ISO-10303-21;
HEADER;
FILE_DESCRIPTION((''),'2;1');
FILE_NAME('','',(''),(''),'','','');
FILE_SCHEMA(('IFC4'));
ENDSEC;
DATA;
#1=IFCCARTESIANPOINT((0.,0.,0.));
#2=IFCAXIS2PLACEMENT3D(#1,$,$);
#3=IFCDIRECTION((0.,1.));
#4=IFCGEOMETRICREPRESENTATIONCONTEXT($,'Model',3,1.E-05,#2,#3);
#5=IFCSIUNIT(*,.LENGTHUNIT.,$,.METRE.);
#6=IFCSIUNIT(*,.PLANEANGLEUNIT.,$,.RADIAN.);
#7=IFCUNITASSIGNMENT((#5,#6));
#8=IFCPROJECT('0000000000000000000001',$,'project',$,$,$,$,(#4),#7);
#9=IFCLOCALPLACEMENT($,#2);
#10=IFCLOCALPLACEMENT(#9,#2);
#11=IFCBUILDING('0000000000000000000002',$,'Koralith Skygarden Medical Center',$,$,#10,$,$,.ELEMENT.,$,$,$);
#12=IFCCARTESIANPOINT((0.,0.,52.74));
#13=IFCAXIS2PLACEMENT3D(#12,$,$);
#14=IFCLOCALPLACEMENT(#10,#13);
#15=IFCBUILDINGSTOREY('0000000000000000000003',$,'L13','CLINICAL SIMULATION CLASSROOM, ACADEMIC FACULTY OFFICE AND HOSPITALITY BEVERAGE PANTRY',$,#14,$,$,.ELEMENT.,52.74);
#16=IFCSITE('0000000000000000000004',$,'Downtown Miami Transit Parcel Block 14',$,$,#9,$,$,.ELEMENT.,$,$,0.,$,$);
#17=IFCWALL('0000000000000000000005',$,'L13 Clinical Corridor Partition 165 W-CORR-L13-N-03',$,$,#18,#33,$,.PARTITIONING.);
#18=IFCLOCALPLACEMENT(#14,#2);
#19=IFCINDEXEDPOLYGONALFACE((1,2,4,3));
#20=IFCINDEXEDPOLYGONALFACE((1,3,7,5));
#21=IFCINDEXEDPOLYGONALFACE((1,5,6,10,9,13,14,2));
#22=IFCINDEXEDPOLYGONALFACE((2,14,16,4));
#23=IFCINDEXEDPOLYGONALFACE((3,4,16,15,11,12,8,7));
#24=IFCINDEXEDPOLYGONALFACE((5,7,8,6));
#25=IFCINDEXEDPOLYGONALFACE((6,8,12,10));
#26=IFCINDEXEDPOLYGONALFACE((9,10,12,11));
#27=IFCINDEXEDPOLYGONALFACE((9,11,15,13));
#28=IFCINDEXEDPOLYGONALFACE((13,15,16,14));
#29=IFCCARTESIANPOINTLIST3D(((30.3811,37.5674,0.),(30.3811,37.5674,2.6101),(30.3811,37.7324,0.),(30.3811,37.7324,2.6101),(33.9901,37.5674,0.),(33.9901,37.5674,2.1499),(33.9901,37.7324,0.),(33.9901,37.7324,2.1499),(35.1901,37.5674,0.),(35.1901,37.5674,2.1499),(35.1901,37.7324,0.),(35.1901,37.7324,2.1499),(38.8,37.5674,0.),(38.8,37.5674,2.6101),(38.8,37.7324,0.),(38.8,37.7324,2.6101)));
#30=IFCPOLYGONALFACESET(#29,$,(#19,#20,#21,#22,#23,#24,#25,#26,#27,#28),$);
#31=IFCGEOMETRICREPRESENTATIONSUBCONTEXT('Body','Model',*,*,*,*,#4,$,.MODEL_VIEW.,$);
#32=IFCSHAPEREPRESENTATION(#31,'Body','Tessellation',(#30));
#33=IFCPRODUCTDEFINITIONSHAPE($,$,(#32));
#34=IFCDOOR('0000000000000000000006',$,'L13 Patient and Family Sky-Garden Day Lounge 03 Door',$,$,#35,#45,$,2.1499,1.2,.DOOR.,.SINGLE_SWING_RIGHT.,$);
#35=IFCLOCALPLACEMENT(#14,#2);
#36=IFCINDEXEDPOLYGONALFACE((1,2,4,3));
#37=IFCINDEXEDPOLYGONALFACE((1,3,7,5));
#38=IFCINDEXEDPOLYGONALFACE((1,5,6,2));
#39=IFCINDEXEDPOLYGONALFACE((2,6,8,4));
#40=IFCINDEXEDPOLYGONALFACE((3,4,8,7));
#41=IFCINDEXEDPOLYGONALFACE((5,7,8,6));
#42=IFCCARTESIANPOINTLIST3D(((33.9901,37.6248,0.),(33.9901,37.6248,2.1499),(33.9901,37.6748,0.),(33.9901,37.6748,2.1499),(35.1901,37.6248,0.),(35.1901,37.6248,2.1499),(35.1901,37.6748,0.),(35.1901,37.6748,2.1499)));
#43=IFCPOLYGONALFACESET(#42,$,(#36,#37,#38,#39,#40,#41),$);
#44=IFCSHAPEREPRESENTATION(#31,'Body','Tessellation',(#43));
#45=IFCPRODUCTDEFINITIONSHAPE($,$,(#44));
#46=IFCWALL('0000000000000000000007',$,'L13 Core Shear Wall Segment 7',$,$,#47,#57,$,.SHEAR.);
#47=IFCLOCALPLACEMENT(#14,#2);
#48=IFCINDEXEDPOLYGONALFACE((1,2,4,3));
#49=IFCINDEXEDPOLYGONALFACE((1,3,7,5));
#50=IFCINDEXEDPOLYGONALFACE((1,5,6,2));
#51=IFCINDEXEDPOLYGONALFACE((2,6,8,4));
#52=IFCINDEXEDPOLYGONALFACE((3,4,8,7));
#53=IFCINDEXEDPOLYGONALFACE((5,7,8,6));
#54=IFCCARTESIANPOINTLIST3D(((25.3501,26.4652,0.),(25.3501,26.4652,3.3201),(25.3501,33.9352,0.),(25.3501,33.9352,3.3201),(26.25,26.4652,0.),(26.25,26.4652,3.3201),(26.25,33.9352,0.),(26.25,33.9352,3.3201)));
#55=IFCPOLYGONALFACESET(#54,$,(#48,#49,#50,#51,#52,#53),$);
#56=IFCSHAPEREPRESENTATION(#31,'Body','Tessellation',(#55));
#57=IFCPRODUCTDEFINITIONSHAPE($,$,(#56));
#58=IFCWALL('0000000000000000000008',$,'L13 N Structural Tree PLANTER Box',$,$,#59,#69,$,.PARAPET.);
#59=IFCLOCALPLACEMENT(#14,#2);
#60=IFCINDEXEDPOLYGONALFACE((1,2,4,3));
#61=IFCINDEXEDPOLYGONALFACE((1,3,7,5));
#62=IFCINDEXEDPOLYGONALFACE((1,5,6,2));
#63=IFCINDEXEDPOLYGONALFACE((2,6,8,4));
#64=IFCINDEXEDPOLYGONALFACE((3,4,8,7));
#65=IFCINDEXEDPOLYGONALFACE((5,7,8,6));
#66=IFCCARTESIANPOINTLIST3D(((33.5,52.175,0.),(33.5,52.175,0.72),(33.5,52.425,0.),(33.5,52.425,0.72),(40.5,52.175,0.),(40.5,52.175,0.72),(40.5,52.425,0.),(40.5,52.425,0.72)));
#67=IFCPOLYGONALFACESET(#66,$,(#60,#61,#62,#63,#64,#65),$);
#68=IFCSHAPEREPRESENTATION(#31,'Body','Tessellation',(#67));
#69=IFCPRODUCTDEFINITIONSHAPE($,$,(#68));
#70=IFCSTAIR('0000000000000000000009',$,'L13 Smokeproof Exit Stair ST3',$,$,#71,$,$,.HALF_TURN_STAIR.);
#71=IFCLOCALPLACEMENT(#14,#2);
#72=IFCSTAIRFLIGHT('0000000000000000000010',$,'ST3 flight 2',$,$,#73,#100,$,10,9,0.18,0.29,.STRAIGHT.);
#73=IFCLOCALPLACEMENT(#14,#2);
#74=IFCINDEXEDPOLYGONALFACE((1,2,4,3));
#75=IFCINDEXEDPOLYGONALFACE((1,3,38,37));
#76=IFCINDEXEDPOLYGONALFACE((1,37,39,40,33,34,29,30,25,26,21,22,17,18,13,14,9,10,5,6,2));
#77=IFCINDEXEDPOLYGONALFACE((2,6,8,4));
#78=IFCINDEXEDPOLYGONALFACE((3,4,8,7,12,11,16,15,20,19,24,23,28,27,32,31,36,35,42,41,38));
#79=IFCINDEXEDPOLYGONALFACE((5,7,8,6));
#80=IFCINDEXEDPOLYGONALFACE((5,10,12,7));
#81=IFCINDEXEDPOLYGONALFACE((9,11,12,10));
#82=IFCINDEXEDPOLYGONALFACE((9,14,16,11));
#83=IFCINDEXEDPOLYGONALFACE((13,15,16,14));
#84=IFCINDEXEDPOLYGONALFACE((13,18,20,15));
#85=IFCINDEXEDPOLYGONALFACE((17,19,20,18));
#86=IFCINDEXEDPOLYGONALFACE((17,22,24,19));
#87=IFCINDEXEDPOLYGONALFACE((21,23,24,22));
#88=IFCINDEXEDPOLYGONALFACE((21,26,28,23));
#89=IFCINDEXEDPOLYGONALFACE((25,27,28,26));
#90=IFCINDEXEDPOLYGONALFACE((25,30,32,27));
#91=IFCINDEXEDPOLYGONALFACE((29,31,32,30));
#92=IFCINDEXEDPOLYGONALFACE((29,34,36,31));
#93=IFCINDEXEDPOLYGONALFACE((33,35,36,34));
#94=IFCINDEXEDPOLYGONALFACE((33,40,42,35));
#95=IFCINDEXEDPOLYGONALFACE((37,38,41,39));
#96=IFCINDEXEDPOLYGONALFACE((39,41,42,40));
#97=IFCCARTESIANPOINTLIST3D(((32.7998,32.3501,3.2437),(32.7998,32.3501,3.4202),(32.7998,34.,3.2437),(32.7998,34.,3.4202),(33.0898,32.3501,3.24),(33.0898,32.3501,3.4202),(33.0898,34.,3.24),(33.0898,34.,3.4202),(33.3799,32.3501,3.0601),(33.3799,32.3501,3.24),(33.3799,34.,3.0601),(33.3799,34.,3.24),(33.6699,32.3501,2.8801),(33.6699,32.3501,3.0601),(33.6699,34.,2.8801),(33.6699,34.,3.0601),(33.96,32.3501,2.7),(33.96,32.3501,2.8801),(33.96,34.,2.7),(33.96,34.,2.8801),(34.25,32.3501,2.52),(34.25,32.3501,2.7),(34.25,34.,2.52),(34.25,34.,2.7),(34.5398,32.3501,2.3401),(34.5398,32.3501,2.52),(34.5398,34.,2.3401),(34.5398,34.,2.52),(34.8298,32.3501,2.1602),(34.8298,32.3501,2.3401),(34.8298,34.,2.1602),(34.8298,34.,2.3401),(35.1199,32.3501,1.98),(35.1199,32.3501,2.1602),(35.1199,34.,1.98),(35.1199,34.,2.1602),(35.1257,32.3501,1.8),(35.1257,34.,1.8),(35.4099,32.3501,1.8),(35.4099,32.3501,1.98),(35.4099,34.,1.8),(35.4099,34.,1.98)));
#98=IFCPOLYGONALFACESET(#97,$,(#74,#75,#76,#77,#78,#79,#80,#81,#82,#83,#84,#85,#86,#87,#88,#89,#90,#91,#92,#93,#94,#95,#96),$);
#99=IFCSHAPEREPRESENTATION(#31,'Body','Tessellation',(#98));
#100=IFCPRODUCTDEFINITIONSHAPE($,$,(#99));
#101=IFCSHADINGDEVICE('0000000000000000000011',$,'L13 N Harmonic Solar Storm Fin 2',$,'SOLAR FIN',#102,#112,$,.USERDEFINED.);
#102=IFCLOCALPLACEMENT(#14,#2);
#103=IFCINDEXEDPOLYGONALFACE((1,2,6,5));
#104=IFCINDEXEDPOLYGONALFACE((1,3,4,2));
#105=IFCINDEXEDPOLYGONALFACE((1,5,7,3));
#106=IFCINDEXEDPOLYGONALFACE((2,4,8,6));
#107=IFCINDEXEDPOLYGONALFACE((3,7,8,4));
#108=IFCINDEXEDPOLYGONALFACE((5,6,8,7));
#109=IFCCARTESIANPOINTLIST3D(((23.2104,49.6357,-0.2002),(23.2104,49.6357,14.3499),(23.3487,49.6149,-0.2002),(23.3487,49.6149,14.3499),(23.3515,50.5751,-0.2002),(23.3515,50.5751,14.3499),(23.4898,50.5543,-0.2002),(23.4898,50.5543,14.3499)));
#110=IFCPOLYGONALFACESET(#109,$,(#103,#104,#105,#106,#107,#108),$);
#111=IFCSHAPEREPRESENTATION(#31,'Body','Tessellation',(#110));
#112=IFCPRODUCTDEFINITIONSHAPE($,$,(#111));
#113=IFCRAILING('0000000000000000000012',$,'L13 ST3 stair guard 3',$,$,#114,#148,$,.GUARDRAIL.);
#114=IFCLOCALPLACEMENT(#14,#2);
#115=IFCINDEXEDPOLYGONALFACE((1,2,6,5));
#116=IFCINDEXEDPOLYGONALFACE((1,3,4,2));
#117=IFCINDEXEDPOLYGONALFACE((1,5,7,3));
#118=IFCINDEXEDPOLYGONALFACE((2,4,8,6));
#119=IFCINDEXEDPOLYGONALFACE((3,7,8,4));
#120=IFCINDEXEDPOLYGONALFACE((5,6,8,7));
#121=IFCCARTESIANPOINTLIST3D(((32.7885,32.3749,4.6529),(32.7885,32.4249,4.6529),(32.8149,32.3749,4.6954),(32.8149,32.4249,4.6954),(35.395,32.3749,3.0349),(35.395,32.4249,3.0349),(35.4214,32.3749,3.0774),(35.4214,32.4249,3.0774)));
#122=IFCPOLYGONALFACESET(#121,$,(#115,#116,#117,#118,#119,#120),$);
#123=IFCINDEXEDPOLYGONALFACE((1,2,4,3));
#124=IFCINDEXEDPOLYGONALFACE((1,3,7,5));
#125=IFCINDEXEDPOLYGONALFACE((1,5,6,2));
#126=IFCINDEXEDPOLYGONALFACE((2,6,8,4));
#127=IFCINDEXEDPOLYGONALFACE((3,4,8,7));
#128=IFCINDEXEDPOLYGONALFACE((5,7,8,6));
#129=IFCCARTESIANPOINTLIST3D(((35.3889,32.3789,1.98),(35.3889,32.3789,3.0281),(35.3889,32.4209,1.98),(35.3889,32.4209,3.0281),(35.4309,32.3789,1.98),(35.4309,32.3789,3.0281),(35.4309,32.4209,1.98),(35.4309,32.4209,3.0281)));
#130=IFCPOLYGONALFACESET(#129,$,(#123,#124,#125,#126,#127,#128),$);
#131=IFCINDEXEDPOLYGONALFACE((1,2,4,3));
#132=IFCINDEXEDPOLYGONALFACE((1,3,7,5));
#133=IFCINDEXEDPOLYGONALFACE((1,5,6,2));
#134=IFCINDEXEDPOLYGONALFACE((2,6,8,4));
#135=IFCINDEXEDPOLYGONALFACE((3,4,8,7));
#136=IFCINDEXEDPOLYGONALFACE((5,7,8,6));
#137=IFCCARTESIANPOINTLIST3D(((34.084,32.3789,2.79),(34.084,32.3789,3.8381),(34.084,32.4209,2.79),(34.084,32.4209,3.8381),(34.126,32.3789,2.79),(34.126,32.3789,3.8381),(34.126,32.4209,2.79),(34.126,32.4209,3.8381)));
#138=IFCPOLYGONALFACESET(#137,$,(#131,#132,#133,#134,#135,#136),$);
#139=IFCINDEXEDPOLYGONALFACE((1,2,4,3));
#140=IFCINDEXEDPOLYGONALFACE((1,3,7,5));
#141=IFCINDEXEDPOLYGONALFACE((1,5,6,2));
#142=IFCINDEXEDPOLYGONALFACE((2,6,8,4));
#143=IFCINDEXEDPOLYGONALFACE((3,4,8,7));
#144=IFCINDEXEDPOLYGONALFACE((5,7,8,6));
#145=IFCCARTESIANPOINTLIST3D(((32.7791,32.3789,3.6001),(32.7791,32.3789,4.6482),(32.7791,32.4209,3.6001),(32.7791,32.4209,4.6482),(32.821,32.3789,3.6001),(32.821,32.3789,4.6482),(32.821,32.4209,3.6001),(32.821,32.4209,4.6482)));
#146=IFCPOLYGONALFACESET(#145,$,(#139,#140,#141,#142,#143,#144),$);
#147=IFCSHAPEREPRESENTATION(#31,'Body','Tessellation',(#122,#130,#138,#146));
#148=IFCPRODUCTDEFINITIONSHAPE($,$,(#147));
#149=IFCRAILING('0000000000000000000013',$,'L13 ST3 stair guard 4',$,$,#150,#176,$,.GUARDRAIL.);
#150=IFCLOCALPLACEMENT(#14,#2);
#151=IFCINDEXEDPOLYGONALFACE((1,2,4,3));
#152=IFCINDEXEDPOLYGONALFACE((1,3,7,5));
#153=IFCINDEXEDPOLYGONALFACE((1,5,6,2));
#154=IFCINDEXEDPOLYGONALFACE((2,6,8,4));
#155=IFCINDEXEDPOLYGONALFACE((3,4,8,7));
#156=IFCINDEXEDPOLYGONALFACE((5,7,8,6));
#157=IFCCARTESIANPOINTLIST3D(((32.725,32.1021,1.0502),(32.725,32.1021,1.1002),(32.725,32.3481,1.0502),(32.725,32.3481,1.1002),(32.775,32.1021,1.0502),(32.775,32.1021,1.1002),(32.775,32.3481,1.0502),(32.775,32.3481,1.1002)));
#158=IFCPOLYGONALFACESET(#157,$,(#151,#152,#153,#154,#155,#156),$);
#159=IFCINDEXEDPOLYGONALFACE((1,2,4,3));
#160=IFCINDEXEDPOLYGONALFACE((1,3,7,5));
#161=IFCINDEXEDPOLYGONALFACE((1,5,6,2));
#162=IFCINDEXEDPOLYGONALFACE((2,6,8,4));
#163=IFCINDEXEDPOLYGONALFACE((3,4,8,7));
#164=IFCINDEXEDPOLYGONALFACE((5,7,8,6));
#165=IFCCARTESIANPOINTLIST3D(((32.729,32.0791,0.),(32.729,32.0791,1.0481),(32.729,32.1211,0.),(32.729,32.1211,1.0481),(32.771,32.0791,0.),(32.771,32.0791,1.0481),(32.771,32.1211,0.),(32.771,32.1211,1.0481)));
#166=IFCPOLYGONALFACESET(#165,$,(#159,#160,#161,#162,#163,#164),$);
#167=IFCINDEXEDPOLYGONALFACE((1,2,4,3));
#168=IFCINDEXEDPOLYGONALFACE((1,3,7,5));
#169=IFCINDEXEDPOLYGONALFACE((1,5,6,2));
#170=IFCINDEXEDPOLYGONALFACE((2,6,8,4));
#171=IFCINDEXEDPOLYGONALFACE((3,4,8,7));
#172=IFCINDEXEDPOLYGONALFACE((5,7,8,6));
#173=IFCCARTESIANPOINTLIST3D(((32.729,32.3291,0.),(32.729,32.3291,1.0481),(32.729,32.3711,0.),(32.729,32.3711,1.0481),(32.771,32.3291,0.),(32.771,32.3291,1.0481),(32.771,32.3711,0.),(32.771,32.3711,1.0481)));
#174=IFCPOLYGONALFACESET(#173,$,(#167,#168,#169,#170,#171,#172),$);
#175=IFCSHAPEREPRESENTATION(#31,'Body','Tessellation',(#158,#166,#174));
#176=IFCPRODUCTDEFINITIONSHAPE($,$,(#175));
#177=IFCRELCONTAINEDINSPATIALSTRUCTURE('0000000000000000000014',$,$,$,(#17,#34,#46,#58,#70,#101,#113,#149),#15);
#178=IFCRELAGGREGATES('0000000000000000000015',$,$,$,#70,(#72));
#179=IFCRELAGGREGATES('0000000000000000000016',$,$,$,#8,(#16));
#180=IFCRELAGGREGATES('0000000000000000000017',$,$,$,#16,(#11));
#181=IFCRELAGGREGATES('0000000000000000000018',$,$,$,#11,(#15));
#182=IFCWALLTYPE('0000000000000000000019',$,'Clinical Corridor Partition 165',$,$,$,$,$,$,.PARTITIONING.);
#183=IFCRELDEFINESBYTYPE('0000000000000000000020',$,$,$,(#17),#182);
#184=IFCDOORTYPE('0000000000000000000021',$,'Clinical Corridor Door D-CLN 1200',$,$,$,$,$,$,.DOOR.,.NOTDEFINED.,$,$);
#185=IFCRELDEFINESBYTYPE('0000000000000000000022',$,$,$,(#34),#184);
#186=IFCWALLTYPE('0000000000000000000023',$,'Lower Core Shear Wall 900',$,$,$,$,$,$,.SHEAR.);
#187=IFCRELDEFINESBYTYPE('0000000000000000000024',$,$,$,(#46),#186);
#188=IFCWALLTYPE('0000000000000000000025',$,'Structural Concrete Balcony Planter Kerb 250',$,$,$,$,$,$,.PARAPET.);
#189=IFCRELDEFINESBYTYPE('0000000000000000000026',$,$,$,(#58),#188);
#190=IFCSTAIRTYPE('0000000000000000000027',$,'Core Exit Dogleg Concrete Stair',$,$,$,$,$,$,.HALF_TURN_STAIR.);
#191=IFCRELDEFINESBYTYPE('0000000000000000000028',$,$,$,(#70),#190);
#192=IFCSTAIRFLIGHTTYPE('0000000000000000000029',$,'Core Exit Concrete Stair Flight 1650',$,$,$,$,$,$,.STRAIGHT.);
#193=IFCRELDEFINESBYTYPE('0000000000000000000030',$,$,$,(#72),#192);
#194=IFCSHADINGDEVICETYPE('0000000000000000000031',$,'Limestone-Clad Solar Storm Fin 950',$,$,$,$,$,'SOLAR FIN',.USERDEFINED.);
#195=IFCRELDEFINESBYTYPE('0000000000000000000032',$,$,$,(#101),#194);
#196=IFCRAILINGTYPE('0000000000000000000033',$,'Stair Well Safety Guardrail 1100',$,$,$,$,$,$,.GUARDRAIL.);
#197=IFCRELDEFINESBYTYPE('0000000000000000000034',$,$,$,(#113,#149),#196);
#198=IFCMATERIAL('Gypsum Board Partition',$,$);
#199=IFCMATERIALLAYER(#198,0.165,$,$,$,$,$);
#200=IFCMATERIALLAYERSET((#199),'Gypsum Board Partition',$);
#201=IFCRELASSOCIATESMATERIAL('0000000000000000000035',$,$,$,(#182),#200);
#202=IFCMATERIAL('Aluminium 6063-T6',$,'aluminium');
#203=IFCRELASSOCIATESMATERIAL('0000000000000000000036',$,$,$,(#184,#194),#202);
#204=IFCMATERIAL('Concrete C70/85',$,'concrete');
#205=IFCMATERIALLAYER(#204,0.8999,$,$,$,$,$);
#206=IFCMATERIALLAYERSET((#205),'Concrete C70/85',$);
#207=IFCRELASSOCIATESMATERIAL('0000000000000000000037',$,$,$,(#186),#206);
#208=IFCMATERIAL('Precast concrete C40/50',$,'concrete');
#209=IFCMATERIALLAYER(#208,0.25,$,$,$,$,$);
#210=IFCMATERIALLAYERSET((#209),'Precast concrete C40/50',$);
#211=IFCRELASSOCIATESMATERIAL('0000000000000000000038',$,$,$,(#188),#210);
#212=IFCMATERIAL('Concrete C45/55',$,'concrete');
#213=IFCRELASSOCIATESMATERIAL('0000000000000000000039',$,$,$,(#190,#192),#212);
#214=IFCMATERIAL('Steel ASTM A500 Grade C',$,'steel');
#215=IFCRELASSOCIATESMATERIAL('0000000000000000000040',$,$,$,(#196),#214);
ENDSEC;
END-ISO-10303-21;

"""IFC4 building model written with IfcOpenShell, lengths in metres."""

from ifc_helpers import new_model, si_unit, direction, frame, frame_2d, origin, origin_2d, place, context, subcontext, project, spatial, polyline, rectangle, outline, extrude, material, layer, layer_set, type_object, element, fill, aggregate, save


model = new_model("IFC4")

# Units and contexts
model_context = context("Model", 3, precision=1e-05, world=origin(), true_north=direction((0.0, 1.0)))
body_context = subcontext(model_context, "Body", "Model", "MODEL_VIEW")
ifc_project = project(units=[si_unit("LENGTHUNIT", "METRE"), si_unit("PLANEANGLEUNIT", "RADIAN")], contexts=[model_context])

# Site, building, storey
site_placement = place(None, origin())
site = spatial("IfcSite", under=ifc_project, at=site_placement, Name="Downtown Miami Transit Parcel Block 14", CompositionType="ELEMENT", RefElevation=0.0)
building_placement = place(site_placement, origin())
building = spatial("IfcBuilding", under=site, at=building_placement, Name="Koralith Skygarden Medical Center", CompositionType="ELEMENT")
storey_placement = place(building_placement, frame((0.0, 0.0, 52.74)))
storey = spatial("IfcBuildingStorey", under=building, at=storey_placement, Name="L13", Description="CLINICAL SIMULATION CLASSROOM, ACADEMIC FACULTY OFFICE AND HOSPITALITY BEVERAGE PANTRY", CompositionType="ELEMENT", Elevation=52.74)

# Shared definitions
ifc_material_1 = material(Name="Concrete C70/85", Category="concrete")

# Shared definitions
ifc_material_2 = material(Name="Aluminium 6063-T6", Category="aluminium")

# Shared definitions
ifc_material_3 = material(Name="Concrete C45/55", Category="concrete")

# Shared definitions
ifc_material_4 = material(Name="Gypsum Board Partition")

# Wall, opening, door
ifc_layer_1 = layer(ifc_material_4, 0.165)
ifc_layer_set_1 = layer_set([ifc_layer_1], Name="Gypsum Board Partition")
wall_type_1 = type_object("IfcWallType", Name="Clinical Corridor Partition 165", PredefinedType="PARTITIONING", material=ifc_layer_set_1)
door_type = type_object("IfcDoorType", Name="Clinical Corridor Door D-CLN 1200", OperationType="NOTDEFINED", PredefinedType="DOOR", material=ifc_material_2)
wall_1_placement = place(storey_placement, frame((30.3811, 37.6499, 0.0), z_axis=(0.0, 0.0, 1.0), x_axis=(1.0, 0.0, 0.0)))
wall_1 = element("IfcWall", 1, at=wall_1_placement, inside=storey, type_object=wall_type_1, Name="L13 Clinical Corridor Partition 165 W-CORR-L13-N-03", PredefinedType="PARTITIONING", context=body_context, shape_type="SweptSolid", body=[
    extrude(rectangle(XDim=8.4189, YDim=0.165, at=frame_2d((4.2095, 0.0))), origin(), (0.0, 0.0, 1.0), 2.6101),
])
opening_1_placement = place(wall_1_placement, frame((3.6089, 0.0, 0.0)))
opening_1 = element("IfcOpeningElement", 2, at=opening_1_placement, cuts=wall_1, PredefinedType="OPENING", context=body_context, shape_type="SweptSolid", body=[
    extrude(rectangle(XDim=1.2, YDim=2.1499, at=frame_2d((0.6001, 1.075))), frame((0.0, 0.0925, 0.0), z_axis=(0.0, -1.0, 0.0), x_axis=(1.0, 0.0, 0.0)), (0.0, 0.0, 1.0), 0.1851),
])
door_1_placement = place(opening_1_placement, origin())
door_1 = element("IfcDoor", 3, at=door_1_placement, inside=storey, type_object=door_type, Name="L13 Patient and Family Sky-Garden Day Lounge 03 Door", OperationType="SINGLE_SWING_RIGHT", OverallHeight=2.1499, OverallWidth=1.2, PredefinedType="DOOR", context=body_context, shape_type="SweptSolid", body=[
    extrude(rectangle(XDim=1.2, YDim=2.1499, at=frame_2d((0.6001, 1.075))), frame((0.0, 0.0249, 0.0), z_axis=(0.0, -1.0, 0.0), x_axis=(1.0, 0.0, 0.0)), (0.0, 0.0, 1.0), 0.05),
])
fill(opening_1, door_1)

# Walls
ifc_layer_2 = layer(ifc_material_1, 0.8999)
ifc_layer_set_2 = layer_set([ifc_layer_2], Name="Concrete C70/85")
wall_type_2 = type_object("IfcWallType", Name="Lower Core Shear Wall 900", PredefinedType="SHEAR", material=ifc_layer_set_2)
wall_2_placement = place(storey_placement, frame((25.8, 33.9351, 0.0), z_axis=(0.0, 0.0, 1.0), x_axis=(0.0, -1.0, 0.0)))
element("IfcWall", 4, at=wall_2_placement, inside=storey, type_object=wall_type_2, Name="L13 Core Shear Wall Segment 7", PredefinedType="SHEAR", context=body_context, shape_type="SweptSolid", body=[
    extrude(rectangle(XDim=7.47, YDim=0.8999, at=frame_2d((3.7349, 0.0))), origin(), (0.0, 0.0, 1.0), 3.3201),
])
ifc_material_5 = material(Name="Precast concrete C40/50", Category="concrete")
ifc_layer_3 = layer(ifc_material_5, 0.25)
ifc_layer_set_3 = layer_set([ifc_layer_3], Name="Precast concrete C40/50")
wall_type_3 = type_object("IfcWallType", Name="Structural Concrete Balcony Planter Kerb 250", PredefinedType="PARAPET", material=ifc_layer_set_3)
wall_3_placement = place(storey_placement, frame((33.5, 52.3, 0.0), z_axis=(0.0, 0.0, 1.0), x_axis=(1.0, 0.0, 0.0)))
element("IfcWall", 5, at=wall_3_placement, inside=storey, type_object=wall_type_3, Name="L13 N Structural Tree PLANTER Box", PredefinedType="PARAPET", context=body_context, shape_type="SweptSolid", body=[
    extrude(rectangle(XDim=7.0, YDim=0.25, at=frame_2d((3.5, 0.0))), origin(), (0.0, 0.0, 1.0), 0.72),
])

# Stair, stair flight
stair_type = type_object("IfcStairType", Name="Core Exit Dogleg Concrete Stair", PredefinedType="HALF_TURN_STAIR", material=ifc_material_3)
stair_placement = place(storey_placement, origin())
stair = element("IfcStair", 6, at=stair_placement, inside=storey, type_object=stair_type, Name="L13 Smokeproof Exit Stair ST3", PredefinedType="HALF_TURN_STAIR")
stair_flight_type = type_object("IfcStairFlightType", Name="Core Exit Concrete Stair Flight 1650", PredefinedType="STRAIGHT", material=ifc_material_3)
stair_flight_placement = place(storey_placement, frame((35.4099, 33.175, 1.8), z_axis=(0.0, 0.0, 1.0), x_axis=(-1.0, 0.0, 0.0)))
stair_flight = element("IfcStairFlight", 7, at=stair_flight_placement, type_object=stair_flight_type, Name="ST3 flight 2", NumberOfRisers=10, NumberOfTreads=9, PredefinedType="STRAIGHT", RiserHeight=0.18, TreadLength=0.29, context=body_context, shape_type="SweptSolid", body=[
    extrude(outline(polyline([(0.0, 0.0), (0.0, 0.1799), (0.29, 0.1799), (0.29, 0.3601), (0.5801, 0.3601), (0.5801, 0.54), (0.8701, 0.54), (0.8701, 0.72), (1.1599, 0.72), (1.1599, 0.8999), (1.45, 0.8999), (1.45, 1.0801), (1.74, 1.0801), (1.74, 1.26), (2.03, 1.26), (2.03, 1.4399), (2.3201, 1.4399), (2.3201, 1.6201), (2.6101, 1.6201), (2.6101, 1.8), (2.6101, 1.4436), (0.2842, 0.0), (0.0, 0.0)])), frame((0.0, 0.825, 0.0), z_axis=(0.0, -1.0, 0.0), x_axis=(1.0, 0.0, 0.0)), (0.0, 0.0, 1.0), 1.6499),
])
aggregate(stair, [stair_flight])

# Shading device
shading_device_type = type_object("IfcShadingDeviceType", Name="Limestone-Clad Solar Storm Fin 950", ElementType="SOLAR FIN", PredefinedType="USERDEFINED", material=ifc_material_2)
shading_device_placement = place(storey_placement, frame((23.3501, 50.095, -0.2002), z_axis=(0.0, 0.0, 1.0), x_axis=(0.148552, 0.988905, 0.0)))
element("IfcShadingDevice", 8, at=shading_device_placement, inside=storey, type_object=shading_device_type, Name="L13 N Harmonic Solar Storm Fin 2", ObjectType="SOLAR FIN", PredefinedType="USERDEFINED", context=body_context, shape_type="SweptSolid", body=[
    extrude(rectangle(XDim=0.95, YDim=0.1399, at=origin_2d()), origin(), (0.0, 0.0, 1.0), 14.55),
])

# Railings
ifc_material_6 = material(Name="Steel ASTM A500 Grade C", Category="steel")
railing_type = type_object("IfcRailingType", Name="Stair Well Safety Guardrail 1100", PredefinedType="GUARDRAIL", material=ifc_material_6)
railing_1_placement = place(storey_placement, frame((35.4099, 32.3999, 1.98)))
element("IfcRailing", 9, at=railing_1_placement, inside=storey, type_object=railing_type, Name="L13 ST3 stair guard 3", PredefinedType="GUARDRAIL", context=body_context, shape_type="SweptSolid", body=[
    extrude(rectangle(XDim=0.05, YDim=0.05, at=origin_2d()), frame((-0.0017, 0.0, 1.0762), z_axis=(-0.849611, 0.0, 0.52741), x_axis=(0.0, -1.0, 0.0)), (0.0, 0.0, 1.0), 3.0679),
    extrude(rectangle(XDim=0.042, YDim=0.042, at=origin_2d()), origin(), (0.0, 0.0, 1.0), 1.0481),
    extrude(rectangle(XDim=0.042, YDim=0.042, at=origin_2d()), frame((-1.3049, 0.0, 0.8101)), (0.0, 0.0, 1.0), 1.0481),
    extrude(rectangle(XDim=0.042, YDim=0.042, at=origin_2d()), frame((-2.6099, 0.0, 1.6201)), (0.0, 0.0, 1.0), 1.0481),
])
railing_2_placement = place(storey_placement, frame((32.75, 32.1001, 0.0)))
element("IfcRailing", 10, at=railing_2_placement, inside=storey, type_object=railing_type, Name="L13 ST3 stair guard 4", PredefinedType="GUARDRAIL", context=body_context, shape_type="SweptSolid", body=[
    extrude(rectangle(XDim=0.05, YDim=0.05, at=origin_2d()), frame((0.0, 0.002, 1.0752), z_axis=(0.0, 1.0, 0.0), x_axis=(-1.0, 0.0, 0.0)), (0.0, 0.0, 1.0), 0.2461),
    extrude(rectangle(XDim=0.042, YDim=0.042, at=origin_2d()), origin(), (0.0, 0.0, 1.0), 1.0481),
    extrude(rectangle(XDim=0.042, YDim=0.042, at=origin_2d()), frame((0.0, 0.25, 0.0)), (0.0, 0.0, 1.0), 1.0481),
])

save(model, "model.ifc")
